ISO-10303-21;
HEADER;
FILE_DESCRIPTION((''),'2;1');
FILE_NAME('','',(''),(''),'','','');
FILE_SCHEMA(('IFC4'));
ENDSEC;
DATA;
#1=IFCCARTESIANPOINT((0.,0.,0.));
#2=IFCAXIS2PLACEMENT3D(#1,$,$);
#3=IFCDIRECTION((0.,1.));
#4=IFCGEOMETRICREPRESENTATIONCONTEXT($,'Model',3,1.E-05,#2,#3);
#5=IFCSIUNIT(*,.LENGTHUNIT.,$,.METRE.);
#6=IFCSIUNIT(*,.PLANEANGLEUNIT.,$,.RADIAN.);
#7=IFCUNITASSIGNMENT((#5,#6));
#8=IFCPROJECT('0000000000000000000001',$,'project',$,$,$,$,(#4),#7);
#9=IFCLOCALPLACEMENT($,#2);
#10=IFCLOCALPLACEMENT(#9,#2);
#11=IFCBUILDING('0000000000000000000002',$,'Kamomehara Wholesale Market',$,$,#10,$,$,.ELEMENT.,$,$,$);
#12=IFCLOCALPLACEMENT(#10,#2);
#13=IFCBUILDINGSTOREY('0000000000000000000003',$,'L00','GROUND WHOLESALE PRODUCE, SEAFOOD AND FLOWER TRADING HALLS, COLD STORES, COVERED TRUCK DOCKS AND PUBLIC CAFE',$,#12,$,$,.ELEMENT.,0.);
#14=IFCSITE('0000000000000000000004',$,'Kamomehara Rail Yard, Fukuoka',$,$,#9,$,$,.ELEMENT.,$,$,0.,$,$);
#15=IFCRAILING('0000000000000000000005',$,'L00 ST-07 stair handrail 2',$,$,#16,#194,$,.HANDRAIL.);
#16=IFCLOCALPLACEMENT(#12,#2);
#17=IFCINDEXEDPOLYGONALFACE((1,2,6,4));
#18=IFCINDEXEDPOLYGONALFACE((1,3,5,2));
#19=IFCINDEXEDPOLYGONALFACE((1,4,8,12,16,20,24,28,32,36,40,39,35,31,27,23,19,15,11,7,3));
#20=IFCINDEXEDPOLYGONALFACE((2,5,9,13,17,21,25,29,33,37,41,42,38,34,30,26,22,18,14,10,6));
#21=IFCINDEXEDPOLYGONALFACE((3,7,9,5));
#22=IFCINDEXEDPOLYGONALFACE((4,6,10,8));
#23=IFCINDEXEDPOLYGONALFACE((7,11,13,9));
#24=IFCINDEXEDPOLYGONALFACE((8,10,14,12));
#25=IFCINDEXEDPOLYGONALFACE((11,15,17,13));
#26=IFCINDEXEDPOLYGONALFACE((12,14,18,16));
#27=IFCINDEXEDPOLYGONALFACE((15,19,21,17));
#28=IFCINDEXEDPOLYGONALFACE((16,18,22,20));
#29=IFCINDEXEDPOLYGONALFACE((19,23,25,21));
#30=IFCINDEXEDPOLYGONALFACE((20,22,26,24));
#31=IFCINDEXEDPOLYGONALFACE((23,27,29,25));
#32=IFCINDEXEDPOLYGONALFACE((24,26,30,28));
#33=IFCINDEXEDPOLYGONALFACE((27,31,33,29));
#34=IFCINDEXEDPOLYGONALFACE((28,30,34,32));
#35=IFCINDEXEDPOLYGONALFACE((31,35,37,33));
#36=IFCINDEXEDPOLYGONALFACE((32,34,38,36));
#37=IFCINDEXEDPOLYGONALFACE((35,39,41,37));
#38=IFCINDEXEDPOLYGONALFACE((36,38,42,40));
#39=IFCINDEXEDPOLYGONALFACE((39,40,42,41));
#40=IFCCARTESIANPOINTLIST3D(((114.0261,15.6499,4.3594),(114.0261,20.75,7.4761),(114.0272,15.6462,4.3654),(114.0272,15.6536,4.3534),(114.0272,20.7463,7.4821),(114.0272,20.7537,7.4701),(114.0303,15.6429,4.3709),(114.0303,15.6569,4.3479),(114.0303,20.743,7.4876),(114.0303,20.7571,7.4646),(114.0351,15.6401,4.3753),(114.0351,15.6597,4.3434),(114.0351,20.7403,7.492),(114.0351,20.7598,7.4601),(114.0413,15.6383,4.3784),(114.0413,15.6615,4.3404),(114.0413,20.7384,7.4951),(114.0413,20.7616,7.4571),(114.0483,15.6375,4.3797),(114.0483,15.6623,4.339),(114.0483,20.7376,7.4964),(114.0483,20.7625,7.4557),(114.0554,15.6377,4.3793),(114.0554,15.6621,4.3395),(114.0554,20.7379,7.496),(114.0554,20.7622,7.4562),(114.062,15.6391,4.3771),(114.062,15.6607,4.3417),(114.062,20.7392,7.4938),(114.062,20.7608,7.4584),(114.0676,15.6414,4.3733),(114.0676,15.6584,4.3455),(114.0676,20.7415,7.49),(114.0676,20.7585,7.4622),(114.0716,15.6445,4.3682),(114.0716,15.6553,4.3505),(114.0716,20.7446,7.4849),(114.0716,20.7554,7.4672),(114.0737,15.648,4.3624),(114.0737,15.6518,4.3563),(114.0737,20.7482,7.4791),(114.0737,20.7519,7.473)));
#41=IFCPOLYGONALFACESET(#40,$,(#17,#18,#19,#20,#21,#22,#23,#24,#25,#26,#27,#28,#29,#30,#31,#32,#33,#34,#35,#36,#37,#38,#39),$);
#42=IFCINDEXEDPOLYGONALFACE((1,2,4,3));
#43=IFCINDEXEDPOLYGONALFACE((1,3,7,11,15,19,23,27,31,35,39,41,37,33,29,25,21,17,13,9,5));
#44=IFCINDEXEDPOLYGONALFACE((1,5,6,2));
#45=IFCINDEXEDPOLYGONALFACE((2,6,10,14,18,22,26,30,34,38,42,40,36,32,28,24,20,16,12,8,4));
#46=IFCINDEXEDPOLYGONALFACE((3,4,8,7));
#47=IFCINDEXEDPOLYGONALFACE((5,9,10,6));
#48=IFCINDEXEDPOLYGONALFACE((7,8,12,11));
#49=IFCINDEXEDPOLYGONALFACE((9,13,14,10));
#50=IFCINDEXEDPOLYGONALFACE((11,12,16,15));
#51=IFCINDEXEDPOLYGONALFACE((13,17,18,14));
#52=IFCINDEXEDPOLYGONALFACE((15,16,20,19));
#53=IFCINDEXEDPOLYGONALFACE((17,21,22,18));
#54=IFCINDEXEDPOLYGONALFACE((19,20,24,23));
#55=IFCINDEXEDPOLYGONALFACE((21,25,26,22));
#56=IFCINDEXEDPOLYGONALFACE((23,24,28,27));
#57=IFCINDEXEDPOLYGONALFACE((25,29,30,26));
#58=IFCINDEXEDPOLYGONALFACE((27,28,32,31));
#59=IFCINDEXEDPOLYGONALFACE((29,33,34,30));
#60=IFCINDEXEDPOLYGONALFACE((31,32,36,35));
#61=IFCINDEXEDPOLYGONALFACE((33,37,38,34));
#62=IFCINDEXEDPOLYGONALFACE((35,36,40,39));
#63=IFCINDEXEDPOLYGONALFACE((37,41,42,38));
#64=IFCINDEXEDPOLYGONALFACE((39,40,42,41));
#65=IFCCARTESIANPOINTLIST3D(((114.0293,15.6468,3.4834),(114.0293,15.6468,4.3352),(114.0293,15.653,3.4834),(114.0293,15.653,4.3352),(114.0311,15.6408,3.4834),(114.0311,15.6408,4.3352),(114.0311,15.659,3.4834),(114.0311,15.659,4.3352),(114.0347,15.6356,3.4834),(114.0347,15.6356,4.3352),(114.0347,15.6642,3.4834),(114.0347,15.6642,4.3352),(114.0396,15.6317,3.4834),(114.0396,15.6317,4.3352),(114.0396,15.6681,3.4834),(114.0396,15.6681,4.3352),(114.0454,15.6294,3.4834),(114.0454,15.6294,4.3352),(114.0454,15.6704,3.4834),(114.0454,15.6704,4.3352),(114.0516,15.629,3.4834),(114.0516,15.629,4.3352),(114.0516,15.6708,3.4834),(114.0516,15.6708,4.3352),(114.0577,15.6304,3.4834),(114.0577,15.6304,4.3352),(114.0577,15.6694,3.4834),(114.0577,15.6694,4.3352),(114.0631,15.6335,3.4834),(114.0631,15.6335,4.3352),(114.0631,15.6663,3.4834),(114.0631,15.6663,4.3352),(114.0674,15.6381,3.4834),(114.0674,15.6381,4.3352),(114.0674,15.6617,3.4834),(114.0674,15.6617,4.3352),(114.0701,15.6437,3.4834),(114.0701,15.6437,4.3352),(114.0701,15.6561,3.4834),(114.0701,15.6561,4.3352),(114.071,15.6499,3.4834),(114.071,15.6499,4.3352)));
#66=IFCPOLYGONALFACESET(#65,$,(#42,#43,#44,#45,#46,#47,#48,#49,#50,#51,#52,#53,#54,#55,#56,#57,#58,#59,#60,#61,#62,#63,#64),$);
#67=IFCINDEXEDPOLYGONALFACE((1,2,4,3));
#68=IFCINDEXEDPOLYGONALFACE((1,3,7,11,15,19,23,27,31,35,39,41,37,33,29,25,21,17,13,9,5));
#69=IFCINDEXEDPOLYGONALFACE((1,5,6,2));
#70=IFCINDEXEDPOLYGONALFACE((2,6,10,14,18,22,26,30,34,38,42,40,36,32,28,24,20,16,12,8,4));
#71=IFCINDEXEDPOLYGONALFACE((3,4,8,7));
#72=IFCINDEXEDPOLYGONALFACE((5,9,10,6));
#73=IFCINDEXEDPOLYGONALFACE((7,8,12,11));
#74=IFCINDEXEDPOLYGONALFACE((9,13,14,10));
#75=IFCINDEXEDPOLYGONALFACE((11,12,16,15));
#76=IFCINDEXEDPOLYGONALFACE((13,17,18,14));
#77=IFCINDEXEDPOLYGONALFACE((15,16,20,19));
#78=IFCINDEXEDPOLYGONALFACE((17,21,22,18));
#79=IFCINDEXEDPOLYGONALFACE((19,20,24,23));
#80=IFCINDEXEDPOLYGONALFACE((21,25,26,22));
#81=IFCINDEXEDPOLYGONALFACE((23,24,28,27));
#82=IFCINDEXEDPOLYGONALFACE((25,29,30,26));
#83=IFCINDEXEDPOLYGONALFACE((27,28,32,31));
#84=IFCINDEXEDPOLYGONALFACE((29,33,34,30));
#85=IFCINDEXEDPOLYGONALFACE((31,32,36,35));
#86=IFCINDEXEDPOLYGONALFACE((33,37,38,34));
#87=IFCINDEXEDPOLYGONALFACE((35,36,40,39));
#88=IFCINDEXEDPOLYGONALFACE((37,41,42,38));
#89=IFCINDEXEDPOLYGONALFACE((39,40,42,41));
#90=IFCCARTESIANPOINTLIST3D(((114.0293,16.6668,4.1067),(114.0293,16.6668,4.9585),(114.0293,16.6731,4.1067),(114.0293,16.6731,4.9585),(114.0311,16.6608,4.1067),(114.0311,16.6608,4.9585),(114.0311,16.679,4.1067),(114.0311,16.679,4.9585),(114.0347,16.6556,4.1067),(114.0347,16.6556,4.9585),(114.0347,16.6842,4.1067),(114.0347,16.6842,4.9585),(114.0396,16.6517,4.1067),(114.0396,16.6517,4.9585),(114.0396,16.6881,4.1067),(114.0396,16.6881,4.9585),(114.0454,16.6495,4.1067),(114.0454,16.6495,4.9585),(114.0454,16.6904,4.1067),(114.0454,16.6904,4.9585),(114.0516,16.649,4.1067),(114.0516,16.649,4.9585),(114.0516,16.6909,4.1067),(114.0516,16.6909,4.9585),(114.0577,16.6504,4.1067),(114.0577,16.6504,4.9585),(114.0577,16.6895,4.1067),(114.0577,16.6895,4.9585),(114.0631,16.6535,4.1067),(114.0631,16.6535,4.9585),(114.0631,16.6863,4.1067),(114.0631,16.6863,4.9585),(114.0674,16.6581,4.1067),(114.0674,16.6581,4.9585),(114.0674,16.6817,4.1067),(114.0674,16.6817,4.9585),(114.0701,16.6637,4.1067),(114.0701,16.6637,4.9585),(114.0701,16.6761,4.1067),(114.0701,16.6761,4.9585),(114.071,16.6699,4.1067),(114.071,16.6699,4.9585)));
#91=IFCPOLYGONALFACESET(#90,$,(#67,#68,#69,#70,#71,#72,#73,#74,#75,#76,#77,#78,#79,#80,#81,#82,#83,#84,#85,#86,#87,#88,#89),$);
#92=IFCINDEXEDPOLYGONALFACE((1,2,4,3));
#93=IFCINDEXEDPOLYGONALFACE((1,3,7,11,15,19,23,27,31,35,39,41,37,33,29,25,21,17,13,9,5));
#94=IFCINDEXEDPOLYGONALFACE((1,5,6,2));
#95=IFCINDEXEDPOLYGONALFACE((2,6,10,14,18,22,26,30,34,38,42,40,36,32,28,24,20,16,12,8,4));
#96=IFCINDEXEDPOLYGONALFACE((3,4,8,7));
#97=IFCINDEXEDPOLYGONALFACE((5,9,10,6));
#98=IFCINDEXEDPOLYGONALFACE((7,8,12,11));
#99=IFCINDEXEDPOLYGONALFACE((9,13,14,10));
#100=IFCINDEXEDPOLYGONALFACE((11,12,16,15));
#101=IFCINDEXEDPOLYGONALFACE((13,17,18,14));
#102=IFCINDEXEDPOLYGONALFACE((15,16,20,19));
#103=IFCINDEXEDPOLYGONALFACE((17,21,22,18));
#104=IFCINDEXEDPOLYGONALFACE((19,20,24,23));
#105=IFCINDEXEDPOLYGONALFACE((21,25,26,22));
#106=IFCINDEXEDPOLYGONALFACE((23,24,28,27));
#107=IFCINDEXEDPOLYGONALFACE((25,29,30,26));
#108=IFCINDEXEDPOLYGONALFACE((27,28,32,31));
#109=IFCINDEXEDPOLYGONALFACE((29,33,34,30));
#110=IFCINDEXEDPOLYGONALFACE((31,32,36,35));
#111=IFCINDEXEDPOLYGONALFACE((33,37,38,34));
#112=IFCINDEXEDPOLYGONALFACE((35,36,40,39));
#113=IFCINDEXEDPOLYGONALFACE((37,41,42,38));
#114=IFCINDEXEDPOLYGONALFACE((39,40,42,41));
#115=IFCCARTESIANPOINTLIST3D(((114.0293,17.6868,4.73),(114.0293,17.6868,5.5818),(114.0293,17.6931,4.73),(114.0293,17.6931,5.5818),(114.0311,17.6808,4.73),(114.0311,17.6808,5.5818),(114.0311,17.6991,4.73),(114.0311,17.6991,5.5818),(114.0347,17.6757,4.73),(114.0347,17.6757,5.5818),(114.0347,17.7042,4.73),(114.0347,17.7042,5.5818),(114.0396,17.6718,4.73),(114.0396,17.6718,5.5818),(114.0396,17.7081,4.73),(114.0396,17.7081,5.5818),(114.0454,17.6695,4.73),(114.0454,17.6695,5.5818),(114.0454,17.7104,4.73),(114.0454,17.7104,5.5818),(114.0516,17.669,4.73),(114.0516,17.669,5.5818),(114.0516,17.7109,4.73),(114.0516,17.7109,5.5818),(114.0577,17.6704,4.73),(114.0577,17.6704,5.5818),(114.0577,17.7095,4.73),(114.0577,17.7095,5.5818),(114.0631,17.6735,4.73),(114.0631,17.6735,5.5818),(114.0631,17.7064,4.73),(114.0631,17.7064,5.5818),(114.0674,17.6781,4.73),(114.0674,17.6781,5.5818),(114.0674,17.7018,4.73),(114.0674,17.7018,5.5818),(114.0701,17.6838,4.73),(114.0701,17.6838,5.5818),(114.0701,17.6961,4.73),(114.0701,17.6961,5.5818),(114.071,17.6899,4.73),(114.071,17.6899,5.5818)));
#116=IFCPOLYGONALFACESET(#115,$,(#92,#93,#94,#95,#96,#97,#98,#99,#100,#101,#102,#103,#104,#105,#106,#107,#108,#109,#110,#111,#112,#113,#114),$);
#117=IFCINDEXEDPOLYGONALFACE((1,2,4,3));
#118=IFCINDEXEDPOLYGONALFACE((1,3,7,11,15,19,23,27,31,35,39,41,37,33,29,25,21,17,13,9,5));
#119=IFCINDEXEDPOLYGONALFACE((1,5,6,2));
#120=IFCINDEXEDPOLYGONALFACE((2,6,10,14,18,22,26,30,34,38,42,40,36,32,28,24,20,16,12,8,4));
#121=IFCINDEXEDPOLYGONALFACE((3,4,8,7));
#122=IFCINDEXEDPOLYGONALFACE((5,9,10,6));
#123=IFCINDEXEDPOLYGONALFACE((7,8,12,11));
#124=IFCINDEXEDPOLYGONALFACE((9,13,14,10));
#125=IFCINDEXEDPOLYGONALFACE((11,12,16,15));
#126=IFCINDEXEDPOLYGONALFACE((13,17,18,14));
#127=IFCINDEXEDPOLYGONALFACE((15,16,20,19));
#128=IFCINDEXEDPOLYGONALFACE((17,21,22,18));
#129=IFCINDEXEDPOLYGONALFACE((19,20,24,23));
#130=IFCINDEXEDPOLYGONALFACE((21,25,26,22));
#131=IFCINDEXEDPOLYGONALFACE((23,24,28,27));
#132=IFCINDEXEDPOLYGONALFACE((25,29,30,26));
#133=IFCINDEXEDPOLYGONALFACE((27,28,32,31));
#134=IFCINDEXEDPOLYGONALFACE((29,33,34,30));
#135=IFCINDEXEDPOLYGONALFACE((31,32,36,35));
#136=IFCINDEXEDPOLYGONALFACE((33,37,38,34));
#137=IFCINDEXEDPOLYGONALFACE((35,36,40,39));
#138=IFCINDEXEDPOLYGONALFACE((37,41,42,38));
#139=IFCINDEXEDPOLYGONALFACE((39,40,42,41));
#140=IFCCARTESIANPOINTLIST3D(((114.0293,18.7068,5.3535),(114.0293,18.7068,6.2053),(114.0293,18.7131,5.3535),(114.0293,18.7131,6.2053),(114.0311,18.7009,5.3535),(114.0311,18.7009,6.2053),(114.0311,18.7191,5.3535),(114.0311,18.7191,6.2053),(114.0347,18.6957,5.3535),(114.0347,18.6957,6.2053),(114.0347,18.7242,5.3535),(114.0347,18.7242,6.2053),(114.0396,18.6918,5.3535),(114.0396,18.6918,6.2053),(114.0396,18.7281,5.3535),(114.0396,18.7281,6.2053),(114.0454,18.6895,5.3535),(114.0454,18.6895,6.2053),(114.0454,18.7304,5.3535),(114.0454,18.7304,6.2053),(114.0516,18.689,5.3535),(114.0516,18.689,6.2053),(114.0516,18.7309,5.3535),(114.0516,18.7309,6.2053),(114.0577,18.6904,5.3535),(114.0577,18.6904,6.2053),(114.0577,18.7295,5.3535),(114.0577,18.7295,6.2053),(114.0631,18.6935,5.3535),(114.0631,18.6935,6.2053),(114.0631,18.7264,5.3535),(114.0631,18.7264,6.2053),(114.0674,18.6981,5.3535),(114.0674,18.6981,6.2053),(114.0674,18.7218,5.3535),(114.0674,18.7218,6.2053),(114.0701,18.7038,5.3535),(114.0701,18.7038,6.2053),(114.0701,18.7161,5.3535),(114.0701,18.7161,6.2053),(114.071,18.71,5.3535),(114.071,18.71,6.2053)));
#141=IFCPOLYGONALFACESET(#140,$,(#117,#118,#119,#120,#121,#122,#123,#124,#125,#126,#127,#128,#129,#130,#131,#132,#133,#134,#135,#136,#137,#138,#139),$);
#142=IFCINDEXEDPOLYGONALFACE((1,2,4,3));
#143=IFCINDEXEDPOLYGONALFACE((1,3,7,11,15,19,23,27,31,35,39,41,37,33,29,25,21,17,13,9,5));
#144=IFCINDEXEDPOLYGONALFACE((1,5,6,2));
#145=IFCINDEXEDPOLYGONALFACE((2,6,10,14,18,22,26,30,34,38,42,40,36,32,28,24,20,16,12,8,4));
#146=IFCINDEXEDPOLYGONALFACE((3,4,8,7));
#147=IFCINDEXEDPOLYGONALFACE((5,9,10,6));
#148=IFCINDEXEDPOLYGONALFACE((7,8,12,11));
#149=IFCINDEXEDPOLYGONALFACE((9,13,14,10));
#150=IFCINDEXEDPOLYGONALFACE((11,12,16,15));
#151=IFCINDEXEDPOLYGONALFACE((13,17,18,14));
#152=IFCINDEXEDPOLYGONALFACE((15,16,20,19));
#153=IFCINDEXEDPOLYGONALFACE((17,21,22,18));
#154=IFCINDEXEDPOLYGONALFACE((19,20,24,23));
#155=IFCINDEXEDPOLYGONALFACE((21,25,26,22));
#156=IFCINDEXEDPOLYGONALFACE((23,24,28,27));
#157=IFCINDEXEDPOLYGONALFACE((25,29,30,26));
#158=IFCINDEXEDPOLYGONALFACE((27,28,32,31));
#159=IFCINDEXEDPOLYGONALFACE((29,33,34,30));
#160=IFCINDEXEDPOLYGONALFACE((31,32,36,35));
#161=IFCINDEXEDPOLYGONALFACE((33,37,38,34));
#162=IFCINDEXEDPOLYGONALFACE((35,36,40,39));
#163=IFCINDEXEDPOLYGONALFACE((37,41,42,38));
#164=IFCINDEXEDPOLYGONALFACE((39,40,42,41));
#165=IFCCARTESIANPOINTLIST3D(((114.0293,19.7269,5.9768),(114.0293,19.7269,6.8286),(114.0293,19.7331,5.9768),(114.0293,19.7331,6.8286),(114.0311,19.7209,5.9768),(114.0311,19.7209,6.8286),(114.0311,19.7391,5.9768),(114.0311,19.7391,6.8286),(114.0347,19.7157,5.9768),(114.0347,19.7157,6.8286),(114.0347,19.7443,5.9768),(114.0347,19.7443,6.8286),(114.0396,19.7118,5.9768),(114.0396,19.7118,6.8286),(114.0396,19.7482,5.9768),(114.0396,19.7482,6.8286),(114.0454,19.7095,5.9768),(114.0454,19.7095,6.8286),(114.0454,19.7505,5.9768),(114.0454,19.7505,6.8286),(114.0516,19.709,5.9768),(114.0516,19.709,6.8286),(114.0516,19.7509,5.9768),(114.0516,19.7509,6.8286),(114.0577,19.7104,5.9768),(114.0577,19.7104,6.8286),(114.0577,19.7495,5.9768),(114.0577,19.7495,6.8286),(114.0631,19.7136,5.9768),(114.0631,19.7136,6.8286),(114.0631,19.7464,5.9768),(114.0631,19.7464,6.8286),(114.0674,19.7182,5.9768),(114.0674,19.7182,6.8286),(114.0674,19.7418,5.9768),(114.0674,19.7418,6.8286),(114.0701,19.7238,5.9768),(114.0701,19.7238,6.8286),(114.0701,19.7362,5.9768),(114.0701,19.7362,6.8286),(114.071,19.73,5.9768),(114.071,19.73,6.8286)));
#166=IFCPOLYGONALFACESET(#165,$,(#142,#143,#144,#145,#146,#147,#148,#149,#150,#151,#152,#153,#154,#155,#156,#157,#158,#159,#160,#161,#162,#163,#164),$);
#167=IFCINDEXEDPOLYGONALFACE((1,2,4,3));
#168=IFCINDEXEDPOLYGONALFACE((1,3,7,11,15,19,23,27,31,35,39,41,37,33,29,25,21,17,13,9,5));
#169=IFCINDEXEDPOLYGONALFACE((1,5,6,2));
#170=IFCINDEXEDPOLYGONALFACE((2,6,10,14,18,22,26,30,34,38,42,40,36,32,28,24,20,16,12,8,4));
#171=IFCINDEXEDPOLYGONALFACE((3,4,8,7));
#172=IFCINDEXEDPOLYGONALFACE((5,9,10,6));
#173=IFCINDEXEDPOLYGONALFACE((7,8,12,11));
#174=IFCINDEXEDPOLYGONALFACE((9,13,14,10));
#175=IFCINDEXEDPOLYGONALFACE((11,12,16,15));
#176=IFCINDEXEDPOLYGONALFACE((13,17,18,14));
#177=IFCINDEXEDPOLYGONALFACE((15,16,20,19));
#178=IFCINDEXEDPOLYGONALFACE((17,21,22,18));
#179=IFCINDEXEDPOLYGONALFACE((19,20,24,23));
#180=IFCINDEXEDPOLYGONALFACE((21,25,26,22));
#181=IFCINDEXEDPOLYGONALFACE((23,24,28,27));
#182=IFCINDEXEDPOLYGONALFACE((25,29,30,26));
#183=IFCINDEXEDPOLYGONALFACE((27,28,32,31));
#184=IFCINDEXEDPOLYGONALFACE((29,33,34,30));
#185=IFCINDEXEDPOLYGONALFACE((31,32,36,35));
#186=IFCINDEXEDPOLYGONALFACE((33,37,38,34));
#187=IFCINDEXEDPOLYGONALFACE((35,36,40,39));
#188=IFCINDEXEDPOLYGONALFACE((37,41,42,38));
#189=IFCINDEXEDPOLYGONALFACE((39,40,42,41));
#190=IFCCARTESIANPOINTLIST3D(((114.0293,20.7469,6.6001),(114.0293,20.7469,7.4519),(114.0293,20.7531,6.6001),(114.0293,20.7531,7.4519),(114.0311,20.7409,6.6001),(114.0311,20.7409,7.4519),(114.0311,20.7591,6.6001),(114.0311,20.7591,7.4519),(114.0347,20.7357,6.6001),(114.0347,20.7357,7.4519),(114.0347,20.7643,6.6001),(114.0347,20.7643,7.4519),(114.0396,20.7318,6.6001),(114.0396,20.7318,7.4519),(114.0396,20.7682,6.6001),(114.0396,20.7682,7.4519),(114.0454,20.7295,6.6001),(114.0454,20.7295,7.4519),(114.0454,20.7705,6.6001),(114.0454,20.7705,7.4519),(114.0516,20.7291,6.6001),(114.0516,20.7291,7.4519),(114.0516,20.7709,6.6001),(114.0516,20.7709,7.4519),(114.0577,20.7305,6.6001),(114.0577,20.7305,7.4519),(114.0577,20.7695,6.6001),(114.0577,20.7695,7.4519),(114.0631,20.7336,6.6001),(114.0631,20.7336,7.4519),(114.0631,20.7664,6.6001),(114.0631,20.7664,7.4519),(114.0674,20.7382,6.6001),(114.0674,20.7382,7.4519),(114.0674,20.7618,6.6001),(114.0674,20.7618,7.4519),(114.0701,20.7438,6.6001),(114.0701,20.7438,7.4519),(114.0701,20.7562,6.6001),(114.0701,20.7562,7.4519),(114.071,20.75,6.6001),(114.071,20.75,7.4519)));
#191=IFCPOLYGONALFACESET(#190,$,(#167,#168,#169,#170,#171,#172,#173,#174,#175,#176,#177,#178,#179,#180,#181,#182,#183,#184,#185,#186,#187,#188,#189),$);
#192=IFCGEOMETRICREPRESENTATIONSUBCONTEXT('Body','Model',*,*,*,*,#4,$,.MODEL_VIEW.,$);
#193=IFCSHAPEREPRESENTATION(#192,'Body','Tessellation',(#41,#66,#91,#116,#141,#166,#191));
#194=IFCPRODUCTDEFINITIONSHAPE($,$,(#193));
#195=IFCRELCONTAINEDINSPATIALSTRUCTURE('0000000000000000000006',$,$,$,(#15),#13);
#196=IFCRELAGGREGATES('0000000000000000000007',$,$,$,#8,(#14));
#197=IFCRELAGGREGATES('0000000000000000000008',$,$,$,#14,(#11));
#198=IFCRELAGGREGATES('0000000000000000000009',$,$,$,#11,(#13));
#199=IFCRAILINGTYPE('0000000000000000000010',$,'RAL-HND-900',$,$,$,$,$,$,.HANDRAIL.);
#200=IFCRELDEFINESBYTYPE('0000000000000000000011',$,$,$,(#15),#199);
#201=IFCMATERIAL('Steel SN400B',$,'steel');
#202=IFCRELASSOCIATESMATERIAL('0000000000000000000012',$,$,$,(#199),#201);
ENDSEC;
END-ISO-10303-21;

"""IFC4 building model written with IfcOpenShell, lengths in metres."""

from ifc_helpers import new_model, si_unit, direction, frame, origin, origin_2d, place, context, subcontext, project, spatial, circle, extrude, material, type_object, element, save


model = new_model("IFC4")

# Units and contexts
model_context = context("Model", 3, precision=1e-05, world=origin(), true_north=direction((0.0, 1.0)))
body_context = subcontext(model_context, "Body", "Model", "MODEL_VIEW")
ifc_project = project(units=[si_unit("LENGTHUNIT", "METRE"), si_unit("PLANEANGLEUNIT", "RADIAN")], contexts=[model_context])

# Site, building, storey
site_placement = place(None, origin())
site = spatial("IfcSite", under=ifc_project, at=site_placement, Name="Kamomehara Rail Yard, Fukuoka", CompositionType="ELEMENT", RefElevation=0.0)
building_placement = place(site_placement, origin())
building = spatial("IfcBuilding", under=site, at=building_placement, Name="Kamomehara Wholesale Market", CompositionType="ELEMENT")
storey_placement = place(building_placement, origin())
storey = spatial("IfcBuildingStorey", under=building, at=storey_placement, Name="L00", Description="GROUND WHOLESALE PRODUCE, SEAFOOD AND FLOWER TRADING HALLS, COLD STORES, COVERED TRUCK DOCKS AND PUBLIC CAFE", CompositionType="ELEMENT", Elevation=0.0)

# Railing
ifc_material_1 = material(Name="Steel SN400B", Category="steel")
railing_type_1 = type_object("IfcRailingType", Name="RAL-HND-900", PredefinedType="HANDRAIL", material=ifc_material_1)
railing_1_placement = place(storey_placement, frame((114.05, 15.6499, 3.4834)))
element("IfcRailing", 1, at=railing_1_placement, inside=storey, type_object=railing_type_1, Name="L00 ST-07 stair handrail 2", PredefinedType="HANDRAIL", context=body_context, shape_type="SweptSolid", body=[
    extrude(circle(Radius=0.0239, at=origin_2d()), frame((0.0, 0.0, 0.876), z_axis=(0.0, 0.853284, 0.521447), x_axis=(-1.0, 0.0, 0.0)), (0.0, 0.0, 1.0), 5.9771),
    extrude(circle(Radius=0.021, at=origin_2d()), origin(), (0.0, 0.0, 1.0), 0.8518),
    extrude(circle(Radius=0.021, at=origin_2d()), frame((0.0, 1.02, 0.6233)), (0.0, 0.0, 1.0), 0.8518),
    extrude(circle(Radius=0.021, at=origin_2d()), frame((0.0, 2.04, 1.2466)), (0.0, 0.0, 1.0), 0.8518),
    extrude(circle(Radius=0.021, at=origin_2d()), frame((0.0, 3.0601, 1.8701)), (0.0, 0.0, 1.0), 0.8518),
    extrude(circle(Radius=0.021, at=origin_2d()), frame((0.0, 4.0801, 2.4934)), (0.0, 0.0, 1.0), 0.8518),
    extrude(circle(Radius=0.021, at=origin_2d()), frame((0.0, 5.1001, 3.1167)), (0.0, 0.0, 1.0), 0.8518),
])

save(model, "model.ifc")
